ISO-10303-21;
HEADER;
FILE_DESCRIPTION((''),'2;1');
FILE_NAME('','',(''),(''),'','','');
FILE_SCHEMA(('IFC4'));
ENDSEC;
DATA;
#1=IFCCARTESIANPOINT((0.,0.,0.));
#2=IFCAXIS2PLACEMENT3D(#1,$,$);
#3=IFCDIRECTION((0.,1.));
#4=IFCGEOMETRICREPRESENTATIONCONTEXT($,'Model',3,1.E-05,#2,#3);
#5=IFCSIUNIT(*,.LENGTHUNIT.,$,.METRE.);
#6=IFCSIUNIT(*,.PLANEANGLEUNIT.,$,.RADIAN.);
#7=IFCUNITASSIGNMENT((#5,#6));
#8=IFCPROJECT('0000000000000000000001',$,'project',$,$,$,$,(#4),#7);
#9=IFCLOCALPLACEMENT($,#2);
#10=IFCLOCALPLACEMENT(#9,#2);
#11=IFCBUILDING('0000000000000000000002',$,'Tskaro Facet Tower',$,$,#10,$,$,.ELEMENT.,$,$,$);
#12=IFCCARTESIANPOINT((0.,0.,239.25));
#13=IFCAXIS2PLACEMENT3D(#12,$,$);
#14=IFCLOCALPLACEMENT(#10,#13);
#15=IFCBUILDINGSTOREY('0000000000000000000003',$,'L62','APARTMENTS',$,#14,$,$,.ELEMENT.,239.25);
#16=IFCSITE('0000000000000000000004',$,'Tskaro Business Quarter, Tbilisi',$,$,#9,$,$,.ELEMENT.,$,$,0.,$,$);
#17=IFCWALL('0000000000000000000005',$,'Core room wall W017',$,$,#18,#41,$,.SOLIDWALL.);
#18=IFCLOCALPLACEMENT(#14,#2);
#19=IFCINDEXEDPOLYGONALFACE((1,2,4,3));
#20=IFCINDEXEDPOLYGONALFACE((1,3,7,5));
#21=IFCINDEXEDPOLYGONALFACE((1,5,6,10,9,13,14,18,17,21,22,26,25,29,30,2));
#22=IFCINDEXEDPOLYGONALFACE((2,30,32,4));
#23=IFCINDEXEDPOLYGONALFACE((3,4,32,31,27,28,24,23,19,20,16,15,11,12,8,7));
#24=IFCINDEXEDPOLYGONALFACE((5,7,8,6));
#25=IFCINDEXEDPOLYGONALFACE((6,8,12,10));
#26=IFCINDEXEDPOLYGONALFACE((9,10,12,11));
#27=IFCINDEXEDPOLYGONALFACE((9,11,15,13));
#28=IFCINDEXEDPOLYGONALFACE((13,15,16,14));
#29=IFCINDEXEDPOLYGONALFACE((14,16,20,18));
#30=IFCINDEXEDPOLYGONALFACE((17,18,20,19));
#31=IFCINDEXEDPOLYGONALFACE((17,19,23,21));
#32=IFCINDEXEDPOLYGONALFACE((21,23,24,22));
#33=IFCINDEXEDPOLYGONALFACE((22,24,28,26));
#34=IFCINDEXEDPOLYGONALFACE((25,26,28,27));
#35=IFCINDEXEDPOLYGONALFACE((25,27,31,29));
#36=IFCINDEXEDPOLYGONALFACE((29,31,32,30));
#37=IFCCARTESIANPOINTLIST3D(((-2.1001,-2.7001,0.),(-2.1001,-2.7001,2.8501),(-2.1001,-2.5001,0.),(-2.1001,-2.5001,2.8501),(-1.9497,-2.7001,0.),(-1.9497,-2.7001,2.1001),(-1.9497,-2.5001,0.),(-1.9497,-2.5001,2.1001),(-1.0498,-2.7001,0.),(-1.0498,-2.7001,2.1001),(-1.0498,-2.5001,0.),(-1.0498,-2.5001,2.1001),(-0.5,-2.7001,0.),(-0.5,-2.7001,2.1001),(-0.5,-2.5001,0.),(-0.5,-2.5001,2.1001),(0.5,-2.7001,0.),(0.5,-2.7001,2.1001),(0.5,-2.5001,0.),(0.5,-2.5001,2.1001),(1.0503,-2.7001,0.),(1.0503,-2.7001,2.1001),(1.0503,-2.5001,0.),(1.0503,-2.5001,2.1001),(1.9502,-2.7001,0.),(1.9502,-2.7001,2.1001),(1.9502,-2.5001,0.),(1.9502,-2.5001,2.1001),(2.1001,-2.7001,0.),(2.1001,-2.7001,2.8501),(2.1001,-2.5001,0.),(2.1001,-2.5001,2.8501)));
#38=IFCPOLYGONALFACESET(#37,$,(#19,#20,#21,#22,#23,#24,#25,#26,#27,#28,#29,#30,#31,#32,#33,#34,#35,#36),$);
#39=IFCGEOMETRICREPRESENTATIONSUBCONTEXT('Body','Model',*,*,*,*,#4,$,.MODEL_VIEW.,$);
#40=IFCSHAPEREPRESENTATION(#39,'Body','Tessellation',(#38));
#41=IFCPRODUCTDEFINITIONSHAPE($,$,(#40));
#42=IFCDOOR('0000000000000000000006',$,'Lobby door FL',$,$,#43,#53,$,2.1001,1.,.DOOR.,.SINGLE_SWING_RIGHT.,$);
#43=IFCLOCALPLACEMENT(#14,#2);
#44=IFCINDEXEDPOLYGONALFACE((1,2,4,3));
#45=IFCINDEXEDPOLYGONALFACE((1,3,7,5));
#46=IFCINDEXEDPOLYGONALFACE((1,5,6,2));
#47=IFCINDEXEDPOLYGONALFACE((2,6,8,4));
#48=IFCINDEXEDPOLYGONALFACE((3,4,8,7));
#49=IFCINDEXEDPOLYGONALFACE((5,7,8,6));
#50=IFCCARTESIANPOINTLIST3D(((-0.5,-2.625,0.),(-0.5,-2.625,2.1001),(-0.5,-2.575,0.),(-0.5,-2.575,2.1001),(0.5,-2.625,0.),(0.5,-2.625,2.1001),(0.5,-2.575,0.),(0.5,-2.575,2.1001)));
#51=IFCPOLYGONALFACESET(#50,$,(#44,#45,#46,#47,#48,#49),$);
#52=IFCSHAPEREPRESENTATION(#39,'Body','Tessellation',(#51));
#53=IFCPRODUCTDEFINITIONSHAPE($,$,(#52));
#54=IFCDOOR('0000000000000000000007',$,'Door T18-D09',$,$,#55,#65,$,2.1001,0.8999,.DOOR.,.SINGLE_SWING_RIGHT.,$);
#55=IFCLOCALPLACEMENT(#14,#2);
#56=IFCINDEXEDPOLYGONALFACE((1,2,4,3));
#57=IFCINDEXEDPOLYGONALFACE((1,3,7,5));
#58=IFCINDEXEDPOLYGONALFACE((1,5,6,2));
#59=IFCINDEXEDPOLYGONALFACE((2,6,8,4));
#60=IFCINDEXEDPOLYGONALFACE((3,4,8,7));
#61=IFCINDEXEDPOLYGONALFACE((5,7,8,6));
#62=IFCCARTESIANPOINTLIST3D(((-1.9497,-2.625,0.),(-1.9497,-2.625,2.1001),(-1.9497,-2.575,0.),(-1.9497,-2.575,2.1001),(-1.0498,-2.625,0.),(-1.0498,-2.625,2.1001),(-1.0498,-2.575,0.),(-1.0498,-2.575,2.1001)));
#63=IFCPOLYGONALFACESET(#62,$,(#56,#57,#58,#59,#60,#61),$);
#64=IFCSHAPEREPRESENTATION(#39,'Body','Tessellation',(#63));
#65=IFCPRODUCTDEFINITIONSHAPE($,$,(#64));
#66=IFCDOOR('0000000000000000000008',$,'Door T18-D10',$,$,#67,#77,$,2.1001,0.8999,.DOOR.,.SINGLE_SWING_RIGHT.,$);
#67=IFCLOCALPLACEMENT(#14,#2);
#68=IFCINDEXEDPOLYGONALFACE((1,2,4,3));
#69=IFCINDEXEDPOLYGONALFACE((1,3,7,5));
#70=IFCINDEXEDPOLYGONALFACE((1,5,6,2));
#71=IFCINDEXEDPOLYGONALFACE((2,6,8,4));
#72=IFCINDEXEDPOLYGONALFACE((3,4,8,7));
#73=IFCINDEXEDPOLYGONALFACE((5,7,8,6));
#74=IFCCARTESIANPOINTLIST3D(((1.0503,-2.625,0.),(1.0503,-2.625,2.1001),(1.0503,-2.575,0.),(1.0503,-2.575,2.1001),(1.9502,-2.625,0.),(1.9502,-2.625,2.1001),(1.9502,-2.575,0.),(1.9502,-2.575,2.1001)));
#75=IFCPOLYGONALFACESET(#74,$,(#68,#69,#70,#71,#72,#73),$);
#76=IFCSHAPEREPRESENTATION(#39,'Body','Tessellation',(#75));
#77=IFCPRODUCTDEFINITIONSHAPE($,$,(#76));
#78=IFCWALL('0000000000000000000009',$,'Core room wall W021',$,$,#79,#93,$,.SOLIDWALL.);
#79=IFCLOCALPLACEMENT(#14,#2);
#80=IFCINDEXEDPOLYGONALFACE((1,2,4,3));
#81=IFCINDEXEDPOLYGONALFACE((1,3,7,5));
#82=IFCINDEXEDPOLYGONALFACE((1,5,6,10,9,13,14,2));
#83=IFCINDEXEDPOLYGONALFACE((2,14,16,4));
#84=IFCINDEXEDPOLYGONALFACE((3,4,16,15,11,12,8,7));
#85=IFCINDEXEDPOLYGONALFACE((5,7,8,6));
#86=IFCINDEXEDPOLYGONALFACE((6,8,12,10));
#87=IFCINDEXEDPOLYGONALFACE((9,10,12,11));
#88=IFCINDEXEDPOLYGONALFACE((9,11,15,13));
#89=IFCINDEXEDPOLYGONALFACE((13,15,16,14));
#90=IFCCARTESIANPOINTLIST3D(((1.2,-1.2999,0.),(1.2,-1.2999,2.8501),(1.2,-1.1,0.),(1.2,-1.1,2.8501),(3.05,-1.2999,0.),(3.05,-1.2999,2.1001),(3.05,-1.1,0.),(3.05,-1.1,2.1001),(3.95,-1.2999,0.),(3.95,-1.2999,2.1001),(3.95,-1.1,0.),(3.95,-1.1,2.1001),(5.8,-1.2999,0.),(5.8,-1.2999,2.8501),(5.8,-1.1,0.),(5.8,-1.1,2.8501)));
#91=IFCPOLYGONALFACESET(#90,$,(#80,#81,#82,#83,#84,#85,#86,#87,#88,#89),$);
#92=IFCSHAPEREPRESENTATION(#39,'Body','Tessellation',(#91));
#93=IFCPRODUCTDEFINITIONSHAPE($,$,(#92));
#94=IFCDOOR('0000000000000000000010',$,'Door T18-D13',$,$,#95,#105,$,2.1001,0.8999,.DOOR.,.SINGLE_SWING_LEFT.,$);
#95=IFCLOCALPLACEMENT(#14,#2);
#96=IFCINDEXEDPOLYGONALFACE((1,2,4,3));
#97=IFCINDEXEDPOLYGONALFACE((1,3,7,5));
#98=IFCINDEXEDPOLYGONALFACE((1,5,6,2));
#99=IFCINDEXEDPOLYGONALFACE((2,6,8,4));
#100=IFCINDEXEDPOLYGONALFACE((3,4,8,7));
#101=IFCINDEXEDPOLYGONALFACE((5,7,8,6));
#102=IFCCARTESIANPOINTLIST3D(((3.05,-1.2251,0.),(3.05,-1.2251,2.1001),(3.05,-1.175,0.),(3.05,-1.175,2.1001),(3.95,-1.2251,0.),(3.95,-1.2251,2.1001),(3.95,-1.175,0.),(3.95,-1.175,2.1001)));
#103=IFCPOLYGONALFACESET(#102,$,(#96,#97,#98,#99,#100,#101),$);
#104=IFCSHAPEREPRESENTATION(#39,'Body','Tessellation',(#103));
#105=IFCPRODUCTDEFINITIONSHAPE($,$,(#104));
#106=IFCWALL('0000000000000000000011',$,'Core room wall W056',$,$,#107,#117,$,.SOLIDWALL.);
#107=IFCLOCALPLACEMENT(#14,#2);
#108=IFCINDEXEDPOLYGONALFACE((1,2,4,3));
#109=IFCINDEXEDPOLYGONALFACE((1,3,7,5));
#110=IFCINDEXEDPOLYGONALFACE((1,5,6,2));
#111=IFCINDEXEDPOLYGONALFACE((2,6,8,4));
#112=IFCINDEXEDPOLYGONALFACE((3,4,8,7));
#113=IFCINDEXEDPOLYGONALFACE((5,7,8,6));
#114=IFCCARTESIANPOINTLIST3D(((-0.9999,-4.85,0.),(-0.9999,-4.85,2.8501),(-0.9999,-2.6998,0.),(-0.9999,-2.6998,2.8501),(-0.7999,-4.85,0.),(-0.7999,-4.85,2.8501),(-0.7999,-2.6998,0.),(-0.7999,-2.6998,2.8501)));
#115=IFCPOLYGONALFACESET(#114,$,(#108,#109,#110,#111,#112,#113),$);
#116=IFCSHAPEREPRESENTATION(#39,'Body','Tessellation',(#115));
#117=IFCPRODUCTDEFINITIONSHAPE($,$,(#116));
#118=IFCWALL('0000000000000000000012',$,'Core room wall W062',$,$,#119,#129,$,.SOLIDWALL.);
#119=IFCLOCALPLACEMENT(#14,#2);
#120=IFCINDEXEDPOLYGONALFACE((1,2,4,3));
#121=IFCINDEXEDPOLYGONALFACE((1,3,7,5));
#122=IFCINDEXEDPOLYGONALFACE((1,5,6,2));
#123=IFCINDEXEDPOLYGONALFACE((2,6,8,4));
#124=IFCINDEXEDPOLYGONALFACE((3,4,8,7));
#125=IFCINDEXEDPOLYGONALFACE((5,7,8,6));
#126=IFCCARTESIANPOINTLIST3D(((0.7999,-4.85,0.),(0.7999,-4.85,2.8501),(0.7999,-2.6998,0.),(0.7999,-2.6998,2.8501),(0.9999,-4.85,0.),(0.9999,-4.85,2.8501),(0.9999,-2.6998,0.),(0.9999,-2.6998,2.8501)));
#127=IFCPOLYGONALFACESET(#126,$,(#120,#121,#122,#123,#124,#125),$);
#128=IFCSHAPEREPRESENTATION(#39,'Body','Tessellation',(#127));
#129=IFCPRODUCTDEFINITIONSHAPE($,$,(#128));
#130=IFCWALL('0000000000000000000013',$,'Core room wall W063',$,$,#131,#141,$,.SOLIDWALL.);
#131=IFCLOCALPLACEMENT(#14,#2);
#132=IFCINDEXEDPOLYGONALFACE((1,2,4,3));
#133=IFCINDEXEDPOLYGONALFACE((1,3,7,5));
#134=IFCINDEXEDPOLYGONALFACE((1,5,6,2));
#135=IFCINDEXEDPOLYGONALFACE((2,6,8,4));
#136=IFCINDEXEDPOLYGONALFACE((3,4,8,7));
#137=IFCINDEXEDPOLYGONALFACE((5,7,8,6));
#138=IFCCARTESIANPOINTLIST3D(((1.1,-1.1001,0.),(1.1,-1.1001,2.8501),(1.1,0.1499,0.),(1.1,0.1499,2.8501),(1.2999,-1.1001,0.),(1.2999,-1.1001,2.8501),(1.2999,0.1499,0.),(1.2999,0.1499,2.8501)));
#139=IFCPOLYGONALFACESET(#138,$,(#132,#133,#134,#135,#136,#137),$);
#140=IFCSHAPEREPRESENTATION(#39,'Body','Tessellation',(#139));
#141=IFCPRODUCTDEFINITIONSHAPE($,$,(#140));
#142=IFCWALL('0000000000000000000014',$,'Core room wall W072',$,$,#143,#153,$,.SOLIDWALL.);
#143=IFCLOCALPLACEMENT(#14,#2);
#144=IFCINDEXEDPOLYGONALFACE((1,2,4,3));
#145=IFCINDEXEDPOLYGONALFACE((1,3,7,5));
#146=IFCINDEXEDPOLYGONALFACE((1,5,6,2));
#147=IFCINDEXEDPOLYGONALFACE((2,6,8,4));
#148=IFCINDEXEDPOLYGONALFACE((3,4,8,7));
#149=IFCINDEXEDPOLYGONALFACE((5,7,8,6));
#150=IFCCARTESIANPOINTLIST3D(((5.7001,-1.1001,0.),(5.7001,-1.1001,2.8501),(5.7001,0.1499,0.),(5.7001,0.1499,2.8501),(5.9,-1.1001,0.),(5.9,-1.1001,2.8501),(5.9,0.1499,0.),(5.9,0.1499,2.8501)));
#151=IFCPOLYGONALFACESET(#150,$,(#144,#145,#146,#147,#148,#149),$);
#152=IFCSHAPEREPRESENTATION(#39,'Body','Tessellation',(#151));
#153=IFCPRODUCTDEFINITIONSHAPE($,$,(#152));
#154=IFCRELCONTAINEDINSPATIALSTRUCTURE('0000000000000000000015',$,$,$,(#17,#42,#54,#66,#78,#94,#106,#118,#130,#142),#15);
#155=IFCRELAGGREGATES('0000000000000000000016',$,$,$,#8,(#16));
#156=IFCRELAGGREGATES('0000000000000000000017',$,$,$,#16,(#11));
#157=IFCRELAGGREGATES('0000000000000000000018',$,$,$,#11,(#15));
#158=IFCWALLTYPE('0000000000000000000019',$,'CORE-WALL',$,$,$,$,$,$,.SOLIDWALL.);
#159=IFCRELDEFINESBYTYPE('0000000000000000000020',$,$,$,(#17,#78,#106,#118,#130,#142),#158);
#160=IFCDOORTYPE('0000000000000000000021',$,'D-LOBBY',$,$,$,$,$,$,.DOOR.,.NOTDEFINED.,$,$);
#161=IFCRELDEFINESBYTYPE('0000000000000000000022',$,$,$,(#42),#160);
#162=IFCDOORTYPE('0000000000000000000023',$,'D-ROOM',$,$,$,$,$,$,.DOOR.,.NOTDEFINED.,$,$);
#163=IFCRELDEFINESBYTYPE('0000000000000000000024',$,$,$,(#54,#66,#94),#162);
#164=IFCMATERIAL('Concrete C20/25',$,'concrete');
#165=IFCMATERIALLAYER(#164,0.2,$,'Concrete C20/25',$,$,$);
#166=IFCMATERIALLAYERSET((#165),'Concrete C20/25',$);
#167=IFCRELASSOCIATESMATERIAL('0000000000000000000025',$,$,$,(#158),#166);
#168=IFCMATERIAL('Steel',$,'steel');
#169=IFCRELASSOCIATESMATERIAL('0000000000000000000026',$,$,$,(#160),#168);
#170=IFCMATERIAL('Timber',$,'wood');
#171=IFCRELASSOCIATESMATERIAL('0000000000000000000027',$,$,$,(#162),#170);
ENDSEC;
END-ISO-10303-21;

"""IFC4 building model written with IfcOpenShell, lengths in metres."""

from ifc_helpers import new_model, si_unit, direction, frame, frame_2d, origin, place, context, subcontext, project, spatial, rectangle, extrude, material, layer, layer_set, type_object, element, fill, save


model = new_model("IFC4")

# Units and contexts
model_context = context("Model", 3, precision=1e-05, world=origin(), true_north=direction((0.0, 1.0)))
body_context = subcontext(model_context, "Body", "Model", "MODEL_VIEW")
ifc_project = project(units=[si_unit("LENGTHUNIT", "METRE"), si_unit("PLANEANGLEUNIT", "RADIAN")], contexts=[model_context])

# Site, building, storey
site_placement = place(None, origin())
site = spatial("IfcSite", under=ifc_project, at=site_placement, Name="Tskaro Business Quarter, Tbilisi", CompositionType="ELEMENT", RefElevation=0.0)
building_placement = place(site_placement, origin())
building = spatial("IfcBuilding", under=site, at=building_placement, Name="Tskaro Facet Tower", CompositionType="ELEMENT")
storey_placement = place(building_placement, frame((0.0, 0.0, 239.25)))
storey = spatial("IfcBuildingStorey", under=building, at=storey_placement, Name="L62", Description="APARTMENTS", CompositionType="ELEMENT", Elevation=239.25)

# Shared definitions
ifc_material_1 = material(Name="Steel", Category="steel")

# Shared definitions
ifc_material_2 = material(Name="Concrete C20/25", Category="concrete")
ifc_layer_1 = layer(ifc_material_2, 0.2, Name="Concrete C20/25")
ifc_layer_set_1 = layer_set([ifc_layer_1], Name="Concrete C20/25")
wall_type_1 = type_object("IfcWallType", Name="CORE-WALL", PredefinedType="SOLIDWALL", material=ifc_layer_set_1)

# Wall, openings, doors
wall_1_placement = place(storey_placement, frame((2.1001, -2.6001, 0.0), z_axis=(0.0, 0.0, 1.0), x_axis=(-1.0, 0.0, 0.0)))
wall_1 = element("IfcWall", 1, at=wall_1_placement, inside=storey, type_object=wall_type_1, Name="Core room wall W017", PredefinedType="SOLIDWALL", context=body_context, shape_type="SweptSolid", body=[
    extrude(rectangle(XDim=4.2002, YDim=0.2, at=frame_2d((2.1001, 0.0))), origin(), (0.0, 0.0, 1.0), 2.8501),
])
opening_1_placement = place(wall_1_placement, frame((1.6001, 0.0, 0.0)))
opening_1 = element("IfcOpeningElement", 2, at=opening_1_placement, cuts=wall_1, PredefinedType="OPENING", context=body_context, shape_type="SweptSolid", body=[
    extrude(rectangle(XDim=1.0, YDim=2.1001, at=frame_2d((0.5, 1.05))), frame((0.0, 0.1099, 0.0), z_axis=(0.0, -1.0, 0.0), x_axis=(1.0, 0.0, 0.0)), (0.0, 0.0, 1.0), 0.22),
])
opening_2_placement = place(wall_1_placement, frame((3.1499, 0.0, 0.0)))
opening_2 = element("IfcOpeningElement", 3, at=opening_2_placement, cuts=wall_1, PredefinedType="OPENING", context=body_context, shape_type="SweptSolid", body=[
    extrude(rectangle(XDim=0.8999, YDim=2.1001, at=frame_2d((0.45, 1.05))), frame((0.0, 0.1099, 0.0), z_axis=(0.0, -1.0, 0.0), x_axis=(1.0, 0.0, 0.0)), (0.0, 0.0, 1.0), 0.22),
])
opening_3_placement = place(wall_1_placement, frame((0.1499, 0.0, 0.0)))
opening_3 = element("IfcOpeningElement", 4, at=opening_3_placement, cuts=wall_1, PredefinedType="OPENING", context=body_context, shape_type="SweptSolid", body=[
    extrude(rectangle(XDim=0.8999, YDim=2.1001, at=frame_2d((0.45, 1.05))), frame((0.0, 0.1099, 0.0), z_axis=(0.0, -1.0, 0.0), x_axis=(1.0, 0.0, 0.0)), (0.0, 0.0, 1.0), 0.22),
])
door_type_1 = type_object("IfcDoorType", Name="D-LOBBY", OperationType="NOTDEFINED", PredefinedType="DOOR", material=ifc_material_1)
door_1_placement = place(opening_1_placement, origin())
door_1 = element("IfcDoor", 5, at=door_1_placement, inside=storey, type_object=door_type_1, Name="Lobby door FL", OperationType="SINGLE_SWING_RIGHT", OverallHeight=2.1001, OverallWidth=1.0, PredefinedType="DOOR", context=body_context, shape_type="SweptSolid", body=[
    extrude(rectangle(XDim=1.0, YDim=2.1001, at=frame_2d((0.5, 1.05))), frame((0.0, 0.0249, 0.0), z_axis=(0.0, -1.0, 0.0), x_axis=(1.0, 0.0, 0.0)), (0.0, 0.0, 1.0), 0.05),
])
fill(opening_1, door_1)
ifc_material_3 = material(Name="Timber", Category="wood")
door_type_2 = type_object("IfcDoorType", Name="D-ROOM", OperationType="NOTDEFINED", PredefinedType="DOOR", material=ifc_material_3)
door_2_placement = place(opening_2_placement, origin())
door_2 = element("IfcDoor", 6, at=door_2_placement, inside=storey, type_object=door_type_2, Name="Door T18-D09", OperationType="SINGLE_SWING_RIGHT", OverallHeight=2.1001, OverallWidth=0.8999, PredefinedType="DOOR", context=body_context, shape_type="SweptSolid", body=[
    extrude(rectangle(XDim=0.8999, YDim=2.1001, at=frame_2d((0.45, 1.05))), frame((0.0, 0.0249, 0.0), z_axis=(0.0, -1.0, 0.0), x_axis=(1.0, 0.0, 0.0)), (0.0, 0.0, 1.0), 0.05),
])
fill(opening_2, door_2)
door_3_placement = place(opening_3_placement, origin())
door_3 = element("IfcDoor", 7, at=door_3_placement, inside=storey, type_object=door_type_2, Name="Door T18-D10", OperationType="SINGLE_SWING_RIGHT", OverallHeight=2.1001, OverallWidth=0.8999, PredefinedType="DOOR", context=body_context, shape_type="SweptSolid", body=[
    extrude(rectangle(XDim=0.8999, YDim=2.1001, at=frame_2d((0.45, 1.05))), frame((0.0, 0.0249, 0.0), z_axis=(0.0, -1.0, 0.0), x_axis=(1.0, 0.0, 0.0)), (0.0, 0.0, 1.0), 0.05),
])
fill(opening_3, door_3)

# Wall, opening, door
wall_2_placement = place(storey_placement, frame((1.2, -1.2, 0.0), z_axis=(0.0, 0.0, 1.0), x_axis=(1.0, 0.0, 0.0)))
wall_2 = element("IfcWall", 8, at=wall_2_placement, inside=storey, type_object=wall_type_1, Name="Core room wall W021", PredefinedType="SOLIDWALL", context=body_context, shape_type="SweptSolid", body=[
    extrude(rectangle(XDim=4.6001, YDim=0.2, at=frame_2d((2.3, 0.0))), origin(), (0.0, 0.0, 1.0), 2.8501),
])
opening_4_placement = place(wall_2_placement, frame((1.8501, 0.0, 0.0)))
opening_4 = element("IfcOpeningElement", 9, at=opening_4_placement, cuts=wall_2, PredefinedType="OPENING", context=body_context, shape_type="SweptSolid", body=[
    extrude(rectangle(XDim=0.8999, YDim=2.1001, at=frame_2d((0.45, 1.05))), frame((0.0, 0.1099, 0.0), z_axis=(0.0, -1.0, 0.0), x_axis=(1.0, 0.0, 0.0)), (0.0, 0.0, 1.0), 0.22),
])
door_4_placement = place(opening_4_placement, origin())
door_4 = element("IfcDoor", 10, at=door_4_placement, inside=storey, type_object=door_type_2, Name="Door T18-D13", OperationType="SINGLE_SWING_LEFT", OverallHeight=2.1001, OverallWidth=0.8999, PredefinedType="DOOR", context=body_context, shape_type="SweptSolid", body=[
    extrude(rectangle(XDim=0.8999, YDim=2.1001, at=frame_2d((0.45, 1.05))), frame((0.0, 0.0249, 0.0), z_axis=(0.0, -1.0, 0.0), x_axis=(1.0, 0.0, 0.0)), (0.0, 0.0, 1.0), 0.05),
])
fill(opening_4, door_4)

# Walls
for number, where, z_axis, x_axis, name in (
    (11, (-0.8999, -4.8501, 0.0), (0.0, 0.0, 1.0), (0.0, 1.0, 0.0), "Core room wall W056"),
    (12, (0.8999, -4.8501, 0.0), (0.0, 0.0, 1.0), (0.0, 1.0, 0.0), "Core room wall W062"),
):
    element("IfcWall", number, at=place(storey_placement, frame(where, z_axis=z_axis, x_axis=x_axis)), inside=storey, type_object=wall_type_1, Name=name, PredefinedType="SOLIDWALL", context=body_context, shape_type="SweptSolid", body=[
        extrude(rectangle(XDim=2.1501, YDim=0.2, at=frame_2d((1.0752, 0.0))), origin(), (0.0, 0.0, 1.0), 2.8501),
    ])
for number, where, z_axis, x_axis, name in (
    (13, (1.2, -1.1001, 0.0), (0.0, 0.0, 1.0), (0.0, 1.0, 0.0), "Core room wall W063"),
    (14, (5.8, -1.1001, 0.0), (0.0, 0.0, 1.0), (0.0, 1.0, 0.0), "Core room wall W072"),
):
    element("IfcWall", number, at=place(storey_placement, frame(where, z_axis=z_axis, x_axis=x_axis)), inside=storey, type_object=wall_type_1, Name=name, PredefinedType="SOLIDWALL", context=body_context, shape_type="SweptSolid", body=[
        extrude(rectangle(XDim=1.25, YDim=0.2, at=frame_2d((0.625, 0.0))), origin(), (0.0, 0.0, 1.0), 2.8501),
    ])

save(model, "model.ifc")
